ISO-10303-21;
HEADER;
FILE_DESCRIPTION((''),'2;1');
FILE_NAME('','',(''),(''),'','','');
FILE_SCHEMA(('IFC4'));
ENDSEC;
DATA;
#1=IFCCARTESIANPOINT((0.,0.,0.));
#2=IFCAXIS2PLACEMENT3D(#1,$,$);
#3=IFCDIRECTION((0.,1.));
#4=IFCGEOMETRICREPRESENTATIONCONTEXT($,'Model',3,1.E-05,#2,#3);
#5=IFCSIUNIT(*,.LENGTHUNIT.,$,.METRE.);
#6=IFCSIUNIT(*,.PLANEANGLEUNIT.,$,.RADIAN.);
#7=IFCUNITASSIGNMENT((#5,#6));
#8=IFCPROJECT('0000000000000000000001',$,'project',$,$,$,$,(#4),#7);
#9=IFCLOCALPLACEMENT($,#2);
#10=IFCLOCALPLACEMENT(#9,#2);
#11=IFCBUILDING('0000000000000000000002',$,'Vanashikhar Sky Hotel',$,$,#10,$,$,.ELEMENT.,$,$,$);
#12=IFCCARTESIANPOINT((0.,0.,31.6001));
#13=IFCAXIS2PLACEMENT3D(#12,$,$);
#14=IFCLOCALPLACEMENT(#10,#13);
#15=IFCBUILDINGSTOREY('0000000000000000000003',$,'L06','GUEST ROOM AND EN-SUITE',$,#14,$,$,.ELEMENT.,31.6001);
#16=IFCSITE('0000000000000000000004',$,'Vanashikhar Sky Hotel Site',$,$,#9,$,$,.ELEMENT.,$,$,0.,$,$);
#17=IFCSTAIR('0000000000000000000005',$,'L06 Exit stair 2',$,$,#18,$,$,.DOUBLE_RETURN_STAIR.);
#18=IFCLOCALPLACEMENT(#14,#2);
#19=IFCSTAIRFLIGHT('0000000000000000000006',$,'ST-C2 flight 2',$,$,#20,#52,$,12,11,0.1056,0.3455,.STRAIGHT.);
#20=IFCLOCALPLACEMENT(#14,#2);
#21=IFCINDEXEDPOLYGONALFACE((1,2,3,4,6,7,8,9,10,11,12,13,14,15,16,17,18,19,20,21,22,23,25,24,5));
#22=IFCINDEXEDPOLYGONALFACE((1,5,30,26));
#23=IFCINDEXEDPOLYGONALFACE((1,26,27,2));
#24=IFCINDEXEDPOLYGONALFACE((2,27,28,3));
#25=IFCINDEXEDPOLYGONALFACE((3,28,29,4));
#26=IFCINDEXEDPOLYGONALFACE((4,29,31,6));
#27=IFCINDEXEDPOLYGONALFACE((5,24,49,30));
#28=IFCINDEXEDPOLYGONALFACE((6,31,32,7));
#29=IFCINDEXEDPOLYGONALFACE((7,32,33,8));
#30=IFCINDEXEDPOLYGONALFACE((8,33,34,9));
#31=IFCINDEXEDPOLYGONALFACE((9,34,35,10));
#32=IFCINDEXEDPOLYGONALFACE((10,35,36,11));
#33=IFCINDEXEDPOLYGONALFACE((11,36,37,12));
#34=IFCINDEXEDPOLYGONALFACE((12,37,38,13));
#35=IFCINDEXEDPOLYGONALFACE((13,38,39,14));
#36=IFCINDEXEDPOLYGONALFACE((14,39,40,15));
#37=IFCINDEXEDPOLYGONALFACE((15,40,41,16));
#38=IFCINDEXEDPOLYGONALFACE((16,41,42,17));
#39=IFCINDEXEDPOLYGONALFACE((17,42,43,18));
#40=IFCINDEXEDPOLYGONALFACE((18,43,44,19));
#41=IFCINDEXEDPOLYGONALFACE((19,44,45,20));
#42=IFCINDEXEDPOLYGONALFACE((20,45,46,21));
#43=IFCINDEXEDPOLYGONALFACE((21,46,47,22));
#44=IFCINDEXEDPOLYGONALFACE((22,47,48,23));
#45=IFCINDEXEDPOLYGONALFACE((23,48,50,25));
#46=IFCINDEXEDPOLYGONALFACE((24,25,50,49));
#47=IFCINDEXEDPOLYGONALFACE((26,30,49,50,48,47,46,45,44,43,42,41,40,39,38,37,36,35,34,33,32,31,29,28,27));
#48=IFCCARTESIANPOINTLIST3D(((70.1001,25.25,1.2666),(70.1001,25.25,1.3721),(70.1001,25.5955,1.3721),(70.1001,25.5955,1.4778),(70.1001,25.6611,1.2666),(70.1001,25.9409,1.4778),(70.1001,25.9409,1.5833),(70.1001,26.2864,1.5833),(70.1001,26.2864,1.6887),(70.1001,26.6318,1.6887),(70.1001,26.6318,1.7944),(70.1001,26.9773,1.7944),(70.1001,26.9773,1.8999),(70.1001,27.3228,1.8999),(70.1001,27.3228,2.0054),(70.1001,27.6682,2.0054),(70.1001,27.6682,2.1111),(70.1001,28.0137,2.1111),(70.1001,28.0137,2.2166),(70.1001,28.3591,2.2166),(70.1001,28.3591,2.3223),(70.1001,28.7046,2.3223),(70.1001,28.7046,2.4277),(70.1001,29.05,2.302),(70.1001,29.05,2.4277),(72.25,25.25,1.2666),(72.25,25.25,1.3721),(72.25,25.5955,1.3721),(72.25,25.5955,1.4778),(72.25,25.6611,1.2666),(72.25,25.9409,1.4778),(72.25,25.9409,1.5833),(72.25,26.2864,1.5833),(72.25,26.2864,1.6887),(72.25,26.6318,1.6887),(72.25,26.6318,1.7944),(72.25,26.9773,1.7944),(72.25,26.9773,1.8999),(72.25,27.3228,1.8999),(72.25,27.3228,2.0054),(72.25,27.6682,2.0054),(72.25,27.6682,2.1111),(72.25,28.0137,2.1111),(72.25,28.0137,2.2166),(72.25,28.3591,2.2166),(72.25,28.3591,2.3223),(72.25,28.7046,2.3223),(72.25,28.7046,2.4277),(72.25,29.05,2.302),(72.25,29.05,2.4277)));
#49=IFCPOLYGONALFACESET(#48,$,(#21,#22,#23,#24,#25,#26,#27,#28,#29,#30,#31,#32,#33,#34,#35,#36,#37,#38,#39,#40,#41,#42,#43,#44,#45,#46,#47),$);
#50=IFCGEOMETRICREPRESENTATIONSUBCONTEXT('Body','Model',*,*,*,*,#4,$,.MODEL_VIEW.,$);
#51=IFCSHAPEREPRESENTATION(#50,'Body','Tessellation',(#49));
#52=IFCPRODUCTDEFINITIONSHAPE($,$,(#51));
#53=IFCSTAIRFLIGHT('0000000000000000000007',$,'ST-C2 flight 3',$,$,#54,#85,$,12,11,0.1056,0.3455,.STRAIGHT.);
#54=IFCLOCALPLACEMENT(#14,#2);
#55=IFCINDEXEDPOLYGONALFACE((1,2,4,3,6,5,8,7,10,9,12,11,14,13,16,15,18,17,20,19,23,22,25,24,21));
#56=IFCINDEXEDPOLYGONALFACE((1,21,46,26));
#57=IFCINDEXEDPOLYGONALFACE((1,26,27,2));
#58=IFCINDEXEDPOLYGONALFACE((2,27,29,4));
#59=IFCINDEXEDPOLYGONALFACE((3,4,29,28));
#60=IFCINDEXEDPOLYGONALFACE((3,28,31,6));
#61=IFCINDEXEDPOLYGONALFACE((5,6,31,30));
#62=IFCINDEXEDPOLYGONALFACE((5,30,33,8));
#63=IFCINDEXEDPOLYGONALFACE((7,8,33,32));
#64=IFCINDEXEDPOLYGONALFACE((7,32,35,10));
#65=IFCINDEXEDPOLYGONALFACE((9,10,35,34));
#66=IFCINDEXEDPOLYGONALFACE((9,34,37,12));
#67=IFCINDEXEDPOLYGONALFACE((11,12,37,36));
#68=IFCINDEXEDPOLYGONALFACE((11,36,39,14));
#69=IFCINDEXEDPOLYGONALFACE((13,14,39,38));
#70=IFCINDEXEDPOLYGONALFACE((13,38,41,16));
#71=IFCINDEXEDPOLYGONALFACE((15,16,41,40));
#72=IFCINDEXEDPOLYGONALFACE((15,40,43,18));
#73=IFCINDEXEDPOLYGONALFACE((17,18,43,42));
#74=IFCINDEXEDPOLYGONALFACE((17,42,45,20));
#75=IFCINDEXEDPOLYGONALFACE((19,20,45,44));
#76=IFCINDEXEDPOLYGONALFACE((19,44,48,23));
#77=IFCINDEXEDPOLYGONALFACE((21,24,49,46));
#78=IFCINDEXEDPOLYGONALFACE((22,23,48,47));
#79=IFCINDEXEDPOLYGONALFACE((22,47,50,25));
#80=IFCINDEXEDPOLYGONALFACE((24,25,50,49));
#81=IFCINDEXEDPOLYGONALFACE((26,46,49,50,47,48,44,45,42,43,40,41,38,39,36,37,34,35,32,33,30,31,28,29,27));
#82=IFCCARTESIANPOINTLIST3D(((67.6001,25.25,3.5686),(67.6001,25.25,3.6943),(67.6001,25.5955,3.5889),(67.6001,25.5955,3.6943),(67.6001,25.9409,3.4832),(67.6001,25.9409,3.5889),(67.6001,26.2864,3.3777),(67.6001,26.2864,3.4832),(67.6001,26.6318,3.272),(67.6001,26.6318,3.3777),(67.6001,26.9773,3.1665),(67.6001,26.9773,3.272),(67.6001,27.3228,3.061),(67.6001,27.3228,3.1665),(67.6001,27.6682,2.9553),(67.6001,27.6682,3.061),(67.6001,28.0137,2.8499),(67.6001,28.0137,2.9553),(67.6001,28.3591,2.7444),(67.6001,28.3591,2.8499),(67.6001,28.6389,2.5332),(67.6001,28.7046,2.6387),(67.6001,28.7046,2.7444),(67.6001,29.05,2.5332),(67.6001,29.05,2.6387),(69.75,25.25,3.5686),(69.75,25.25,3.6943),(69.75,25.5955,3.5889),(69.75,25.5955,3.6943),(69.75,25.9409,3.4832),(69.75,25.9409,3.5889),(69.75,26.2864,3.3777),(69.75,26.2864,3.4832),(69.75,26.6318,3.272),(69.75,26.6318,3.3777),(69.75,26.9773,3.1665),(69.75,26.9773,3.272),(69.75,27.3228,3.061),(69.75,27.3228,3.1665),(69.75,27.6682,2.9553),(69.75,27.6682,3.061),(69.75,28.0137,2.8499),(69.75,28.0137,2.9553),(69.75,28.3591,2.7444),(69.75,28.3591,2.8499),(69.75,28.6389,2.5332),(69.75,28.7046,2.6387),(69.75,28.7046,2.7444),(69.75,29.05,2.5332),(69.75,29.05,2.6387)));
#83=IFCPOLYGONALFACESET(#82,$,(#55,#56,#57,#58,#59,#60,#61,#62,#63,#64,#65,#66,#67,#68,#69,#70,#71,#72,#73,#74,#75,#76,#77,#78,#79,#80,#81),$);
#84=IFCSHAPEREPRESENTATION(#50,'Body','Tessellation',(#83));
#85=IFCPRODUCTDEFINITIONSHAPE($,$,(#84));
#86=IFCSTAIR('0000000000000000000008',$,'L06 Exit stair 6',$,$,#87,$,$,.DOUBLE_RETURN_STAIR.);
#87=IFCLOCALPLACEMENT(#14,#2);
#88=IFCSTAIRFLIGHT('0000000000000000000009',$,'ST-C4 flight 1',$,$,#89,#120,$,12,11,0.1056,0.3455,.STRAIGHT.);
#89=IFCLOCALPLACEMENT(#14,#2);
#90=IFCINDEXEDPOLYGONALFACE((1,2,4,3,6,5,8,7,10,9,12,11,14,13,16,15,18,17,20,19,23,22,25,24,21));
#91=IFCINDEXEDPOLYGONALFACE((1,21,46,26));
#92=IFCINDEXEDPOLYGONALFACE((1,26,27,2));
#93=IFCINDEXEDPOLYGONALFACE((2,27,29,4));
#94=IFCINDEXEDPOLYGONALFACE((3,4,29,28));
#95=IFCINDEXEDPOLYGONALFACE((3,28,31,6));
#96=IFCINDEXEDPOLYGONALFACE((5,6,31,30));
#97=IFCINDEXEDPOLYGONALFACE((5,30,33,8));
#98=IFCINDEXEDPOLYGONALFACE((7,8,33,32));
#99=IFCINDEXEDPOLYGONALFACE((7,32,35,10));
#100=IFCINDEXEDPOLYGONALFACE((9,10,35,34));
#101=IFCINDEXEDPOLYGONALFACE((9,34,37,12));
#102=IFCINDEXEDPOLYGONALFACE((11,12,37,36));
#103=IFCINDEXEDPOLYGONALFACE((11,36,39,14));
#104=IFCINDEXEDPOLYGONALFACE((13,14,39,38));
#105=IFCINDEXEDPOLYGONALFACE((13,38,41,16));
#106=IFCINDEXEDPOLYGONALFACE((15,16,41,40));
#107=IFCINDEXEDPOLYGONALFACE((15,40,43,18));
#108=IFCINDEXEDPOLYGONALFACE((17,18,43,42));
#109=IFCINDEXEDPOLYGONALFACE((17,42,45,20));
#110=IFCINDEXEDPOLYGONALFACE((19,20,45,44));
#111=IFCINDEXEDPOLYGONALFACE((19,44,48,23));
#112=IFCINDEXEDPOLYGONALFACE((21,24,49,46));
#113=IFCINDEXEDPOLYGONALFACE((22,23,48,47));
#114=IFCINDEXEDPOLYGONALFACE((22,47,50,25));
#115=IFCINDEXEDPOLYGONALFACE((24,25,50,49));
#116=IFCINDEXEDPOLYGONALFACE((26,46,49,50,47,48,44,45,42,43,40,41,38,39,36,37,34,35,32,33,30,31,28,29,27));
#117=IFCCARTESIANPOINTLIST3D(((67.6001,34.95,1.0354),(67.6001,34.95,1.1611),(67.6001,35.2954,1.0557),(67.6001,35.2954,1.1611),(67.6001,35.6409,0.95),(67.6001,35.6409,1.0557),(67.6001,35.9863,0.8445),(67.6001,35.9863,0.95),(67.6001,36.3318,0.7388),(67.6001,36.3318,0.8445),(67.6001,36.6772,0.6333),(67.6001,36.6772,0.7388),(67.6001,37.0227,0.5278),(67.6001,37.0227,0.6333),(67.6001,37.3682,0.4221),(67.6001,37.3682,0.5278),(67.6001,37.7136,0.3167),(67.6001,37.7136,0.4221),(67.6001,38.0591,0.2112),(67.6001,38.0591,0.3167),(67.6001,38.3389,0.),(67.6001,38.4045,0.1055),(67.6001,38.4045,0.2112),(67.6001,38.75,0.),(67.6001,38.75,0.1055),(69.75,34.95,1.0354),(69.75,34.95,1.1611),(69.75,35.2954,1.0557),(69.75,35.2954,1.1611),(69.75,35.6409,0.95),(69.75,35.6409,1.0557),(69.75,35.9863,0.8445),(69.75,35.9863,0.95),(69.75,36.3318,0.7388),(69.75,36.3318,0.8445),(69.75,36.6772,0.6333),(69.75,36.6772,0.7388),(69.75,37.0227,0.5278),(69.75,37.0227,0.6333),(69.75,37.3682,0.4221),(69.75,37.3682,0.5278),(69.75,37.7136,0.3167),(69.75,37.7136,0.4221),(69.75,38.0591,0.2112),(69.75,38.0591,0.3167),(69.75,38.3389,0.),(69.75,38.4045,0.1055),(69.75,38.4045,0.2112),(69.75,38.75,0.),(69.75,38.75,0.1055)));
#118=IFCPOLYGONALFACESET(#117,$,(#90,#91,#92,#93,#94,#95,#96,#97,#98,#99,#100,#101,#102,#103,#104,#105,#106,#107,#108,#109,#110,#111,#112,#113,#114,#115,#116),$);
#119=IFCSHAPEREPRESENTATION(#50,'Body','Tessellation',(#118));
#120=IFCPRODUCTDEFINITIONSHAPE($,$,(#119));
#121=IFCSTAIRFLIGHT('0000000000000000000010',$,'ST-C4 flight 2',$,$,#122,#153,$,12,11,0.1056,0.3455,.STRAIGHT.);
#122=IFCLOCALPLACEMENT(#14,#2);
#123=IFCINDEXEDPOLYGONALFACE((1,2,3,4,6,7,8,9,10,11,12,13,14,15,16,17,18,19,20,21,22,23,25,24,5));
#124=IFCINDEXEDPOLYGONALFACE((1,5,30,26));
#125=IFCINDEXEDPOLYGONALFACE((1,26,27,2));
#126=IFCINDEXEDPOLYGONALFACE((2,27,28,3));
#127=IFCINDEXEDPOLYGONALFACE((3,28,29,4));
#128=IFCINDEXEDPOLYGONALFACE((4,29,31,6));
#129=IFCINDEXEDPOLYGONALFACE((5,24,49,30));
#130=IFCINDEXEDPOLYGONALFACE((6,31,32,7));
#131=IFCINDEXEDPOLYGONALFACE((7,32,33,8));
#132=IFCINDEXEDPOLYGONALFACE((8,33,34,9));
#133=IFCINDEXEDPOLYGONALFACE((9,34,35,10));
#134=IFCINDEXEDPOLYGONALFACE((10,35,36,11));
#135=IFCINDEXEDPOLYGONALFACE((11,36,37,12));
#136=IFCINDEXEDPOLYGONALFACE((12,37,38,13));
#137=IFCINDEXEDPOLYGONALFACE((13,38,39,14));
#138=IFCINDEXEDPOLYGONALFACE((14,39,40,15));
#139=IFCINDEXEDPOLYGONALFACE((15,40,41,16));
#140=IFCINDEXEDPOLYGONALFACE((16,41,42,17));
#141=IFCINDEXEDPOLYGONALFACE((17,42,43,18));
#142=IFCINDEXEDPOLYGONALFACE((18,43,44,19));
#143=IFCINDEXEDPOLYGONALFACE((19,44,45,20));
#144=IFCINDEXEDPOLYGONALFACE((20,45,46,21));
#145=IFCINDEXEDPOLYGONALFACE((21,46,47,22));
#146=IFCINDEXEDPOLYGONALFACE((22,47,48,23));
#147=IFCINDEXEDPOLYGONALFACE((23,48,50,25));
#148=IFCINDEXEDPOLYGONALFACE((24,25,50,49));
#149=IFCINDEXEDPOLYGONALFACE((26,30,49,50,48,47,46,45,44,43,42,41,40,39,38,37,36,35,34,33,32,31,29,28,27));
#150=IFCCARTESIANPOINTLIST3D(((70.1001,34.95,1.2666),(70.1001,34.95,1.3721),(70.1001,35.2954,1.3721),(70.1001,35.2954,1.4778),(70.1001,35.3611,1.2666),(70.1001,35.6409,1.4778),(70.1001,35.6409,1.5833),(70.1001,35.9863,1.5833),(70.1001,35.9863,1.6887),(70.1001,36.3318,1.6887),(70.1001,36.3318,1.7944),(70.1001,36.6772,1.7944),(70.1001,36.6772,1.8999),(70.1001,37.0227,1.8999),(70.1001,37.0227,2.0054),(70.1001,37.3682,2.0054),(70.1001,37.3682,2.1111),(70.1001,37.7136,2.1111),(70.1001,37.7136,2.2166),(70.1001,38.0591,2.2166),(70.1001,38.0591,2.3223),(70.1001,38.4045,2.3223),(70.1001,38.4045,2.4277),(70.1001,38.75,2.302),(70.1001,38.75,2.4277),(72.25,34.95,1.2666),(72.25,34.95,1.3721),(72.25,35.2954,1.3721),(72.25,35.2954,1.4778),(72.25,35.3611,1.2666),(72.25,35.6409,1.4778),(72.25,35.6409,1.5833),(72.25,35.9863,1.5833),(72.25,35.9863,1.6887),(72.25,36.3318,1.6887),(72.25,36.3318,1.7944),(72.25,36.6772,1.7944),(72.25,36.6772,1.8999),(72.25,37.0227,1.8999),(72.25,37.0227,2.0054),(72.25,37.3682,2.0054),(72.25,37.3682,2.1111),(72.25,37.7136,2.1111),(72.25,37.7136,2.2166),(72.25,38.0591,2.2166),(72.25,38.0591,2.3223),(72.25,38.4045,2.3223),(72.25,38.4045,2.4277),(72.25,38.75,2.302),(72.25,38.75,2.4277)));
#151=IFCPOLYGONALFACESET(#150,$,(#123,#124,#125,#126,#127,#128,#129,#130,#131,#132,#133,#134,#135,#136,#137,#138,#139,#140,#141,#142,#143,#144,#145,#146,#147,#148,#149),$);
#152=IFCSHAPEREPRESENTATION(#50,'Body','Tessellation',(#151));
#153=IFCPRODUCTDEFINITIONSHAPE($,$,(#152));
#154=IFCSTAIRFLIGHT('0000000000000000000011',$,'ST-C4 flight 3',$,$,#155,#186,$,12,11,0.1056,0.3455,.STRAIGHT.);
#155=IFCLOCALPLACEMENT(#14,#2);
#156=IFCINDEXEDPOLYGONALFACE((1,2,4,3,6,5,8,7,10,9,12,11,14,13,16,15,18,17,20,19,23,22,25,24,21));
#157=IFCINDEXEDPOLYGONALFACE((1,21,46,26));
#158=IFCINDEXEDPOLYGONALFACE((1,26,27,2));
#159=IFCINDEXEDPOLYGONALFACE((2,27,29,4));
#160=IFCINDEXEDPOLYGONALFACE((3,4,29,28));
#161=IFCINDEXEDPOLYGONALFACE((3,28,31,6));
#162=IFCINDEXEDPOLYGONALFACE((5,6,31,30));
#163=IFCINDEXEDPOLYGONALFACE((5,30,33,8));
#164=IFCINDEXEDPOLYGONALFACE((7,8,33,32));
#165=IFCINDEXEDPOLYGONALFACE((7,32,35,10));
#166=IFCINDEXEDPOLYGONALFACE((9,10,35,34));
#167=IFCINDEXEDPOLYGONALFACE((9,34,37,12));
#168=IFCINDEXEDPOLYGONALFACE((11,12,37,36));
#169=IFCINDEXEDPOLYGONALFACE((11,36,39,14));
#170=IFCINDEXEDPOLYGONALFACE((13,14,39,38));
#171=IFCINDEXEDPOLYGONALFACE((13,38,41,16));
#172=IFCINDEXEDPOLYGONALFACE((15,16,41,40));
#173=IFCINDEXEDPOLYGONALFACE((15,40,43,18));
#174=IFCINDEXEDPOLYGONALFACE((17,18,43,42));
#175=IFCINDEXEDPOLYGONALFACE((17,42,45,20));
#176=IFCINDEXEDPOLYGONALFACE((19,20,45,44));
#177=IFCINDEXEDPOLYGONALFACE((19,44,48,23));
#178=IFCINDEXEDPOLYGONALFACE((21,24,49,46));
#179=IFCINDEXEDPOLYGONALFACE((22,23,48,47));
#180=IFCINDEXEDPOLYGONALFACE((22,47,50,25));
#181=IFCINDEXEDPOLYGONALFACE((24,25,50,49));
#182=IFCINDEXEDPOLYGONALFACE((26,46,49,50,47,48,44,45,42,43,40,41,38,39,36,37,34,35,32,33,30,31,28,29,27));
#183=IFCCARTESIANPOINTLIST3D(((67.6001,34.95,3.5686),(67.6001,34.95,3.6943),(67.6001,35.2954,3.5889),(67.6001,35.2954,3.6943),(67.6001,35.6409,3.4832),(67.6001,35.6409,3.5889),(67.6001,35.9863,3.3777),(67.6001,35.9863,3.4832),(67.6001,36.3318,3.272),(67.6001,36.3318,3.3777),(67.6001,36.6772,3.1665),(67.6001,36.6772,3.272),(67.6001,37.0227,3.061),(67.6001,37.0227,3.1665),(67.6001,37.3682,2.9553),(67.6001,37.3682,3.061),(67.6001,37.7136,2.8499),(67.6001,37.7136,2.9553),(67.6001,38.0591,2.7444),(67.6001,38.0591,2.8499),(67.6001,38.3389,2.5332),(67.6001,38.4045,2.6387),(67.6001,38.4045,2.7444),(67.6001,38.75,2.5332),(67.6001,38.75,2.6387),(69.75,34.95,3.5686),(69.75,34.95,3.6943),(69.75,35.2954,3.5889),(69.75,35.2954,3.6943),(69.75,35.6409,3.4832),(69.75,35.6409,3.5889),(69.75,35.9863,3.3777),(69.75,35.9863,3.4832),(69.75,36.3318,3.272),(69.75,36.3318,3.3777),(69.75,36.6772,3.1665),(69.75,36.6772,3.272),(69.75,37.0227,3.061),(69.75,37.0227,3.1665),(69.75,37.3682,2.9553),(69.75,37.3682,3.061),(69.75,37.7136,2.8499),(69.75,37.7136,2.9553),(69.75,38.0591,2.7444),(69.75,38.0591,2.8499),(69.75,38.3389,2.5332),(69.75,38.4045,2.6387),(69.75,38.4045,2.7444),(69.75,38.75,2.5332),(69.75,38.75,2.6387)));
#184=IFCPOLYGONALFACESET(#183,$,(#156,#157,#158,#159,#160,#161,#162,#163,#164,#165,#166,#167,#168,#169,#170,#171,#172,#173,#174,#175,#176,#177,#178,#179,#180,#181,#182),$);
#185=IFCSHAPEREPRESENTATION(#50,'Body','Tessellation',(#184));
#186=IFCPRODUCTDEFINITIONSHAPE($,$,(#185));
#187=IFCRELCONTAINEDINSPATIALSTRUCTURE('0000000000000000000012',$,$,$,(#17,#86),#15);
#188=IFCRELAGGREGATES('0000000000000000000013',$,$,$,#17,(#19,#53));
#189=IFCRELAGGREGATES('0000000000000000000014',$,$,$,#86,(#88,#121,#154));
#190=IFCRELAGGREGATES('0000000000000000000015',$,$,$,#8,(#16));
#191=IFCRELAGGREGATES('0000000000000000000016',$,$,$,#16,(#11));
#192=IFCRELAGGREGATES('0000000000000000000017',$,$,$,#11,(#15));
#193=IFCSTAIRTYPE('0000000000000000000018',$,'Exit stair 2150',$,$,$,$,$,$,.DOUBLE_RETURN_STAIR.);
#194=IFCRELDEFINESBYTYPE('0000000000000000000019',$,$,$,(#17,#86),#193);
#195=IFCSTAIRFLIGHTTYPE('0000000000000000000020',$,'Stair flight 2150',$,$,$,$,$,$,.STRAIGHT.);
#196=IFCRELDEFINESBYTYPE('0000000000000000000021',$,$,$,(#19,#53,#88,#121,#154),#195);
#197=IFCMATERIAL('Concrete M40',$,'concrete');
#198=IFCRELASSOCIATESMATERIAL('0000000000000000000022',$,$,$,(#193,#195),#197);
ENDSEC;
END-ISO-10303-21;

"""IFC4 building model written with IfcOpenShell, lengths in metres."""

from ifc_helpers import new_model, si_unit, direction, frame, origin, place, context, subcontext, project, spatial, polyline, outline, extrude, source, transform, mapped, material, type_object, element, aggregate, save


model = new_model("IFC4")

# Units and contexts
model_context = context("Model", 3, precision=1e-05, world=origin(), true_north=direction((0.0, 1.0)))
body_context = subcontext(model_context, "Body", "Model", "MODEL_VIEW")
ifc_project = project(units=[si_unit("LENGTHUNIT", "METRE"), si_unit("PLANEANGLEUNIT", "RADIAN")], contexts=[model_context])

# Site, building, storey
site_placement = place(None, origin())
site = spatial("IfcSite", under=ifc_project, at=site_placement, Name="Vanashikhar Sky Hotel Site", CompositionType="ELEMENT", RefElevation=0.0)
building_placement = place(site_placement, origin())
building = spatial("IfcBuilding", under=site, at=building_placement, Name="Vanashikhar Sky Hotel", CompositionType="ELEMENT")
storey_placement = place(building_placement, frame((0.0, 0.0, 31.6001)))
storey = spatial("IfcBuildingStorey", under=building, at=storey_placement, Name="L06", Description="GUEST ROOM AND EN-SUITE", CompositionType="ELEMENT", Elevation=31.6001)

# Shared definitions
ifc_material_1 = material(Name="Concrete M40", Category="concrete")

# Stairs, stair flights
stair_type = type_object("IfcStairType", Name="Exit stair 2150", PredefinedType="DOUBLE_RETURN_STAIR", material=ifc_material_1)
stair_1_placement = place(storey_placement, origin())
stair_1 = element("IfcStair", 1, at=stair_1_placement, inside=storey, type_object=stair_type, Name="L06 Exit stair 2", PredefinedType="DOUBLE_RETURN_STAIR")
stair_flight_type = type_object("IfcStairFlightType", Name="Stair flight 2150", PredefinedType="STRAIGHT", material=ifc_material_1)
shared_shape_1 = source(origin(), body_context, "Body", "SweptSolid", [
    extrude(outline(polyline([(0.0, 0.0), (0.0, 0.1055), (0.3455, 0.1055), (0.3455, 0.2112), (0.6909, 0.2112), (0.6909, 0.3167), (1.0364, 0.3167), (1.0364, 0.4221), (1.3818, 0.4221), (1.3818, 0.5278), (1.7273, 0.5278), (1.7273, 0.6333), (2.0728, 0.6333), (2.0728, 0.7388), (2.4182, 0.7388), (2.4182, 0.8445), (2.7637, 0.8445), (2.7637, 0.95), (3.1091, 0.95), (3.1091, 1.0557), (3.4546, 1.0557), (3.4546, 1.1611), (3.8, 1.1611), (3.8, 1.2666), (3.8, 1.0354), (0.4111, 0.0), (0.0, 0.0)])), frame((0.0, 1.075, 0.0), z_axis=(0.0, -1.0, 0.0), x_axis=(1.0, 0.0, 0.0)), (0.0, 0.0, 1.0), 2.1499),
])
stair_flight_1_placement = place(storey_placement, frame((71.175, 25.25, 1.2666), z_axis=(0.0, 0.0, 1.0), x_axis=(0.0, 1.0, 0.0)))
stair_flight_1 = element("IfcStairFlight", 2, at=stair_flight_1_placement, type_object=stair_flight_type, Name="ST-C2 flight 2", NumberOfRisers=12, NumberOfTreads=11, PredefinedType="STRAIGHT", RiserHeight=0.1056, TreadLength=0.3455, context=body_context, shape_type="MappedRepresentation", body=[
    mapped(shared_shape_1, transform((0.0, 0.0, 0.0), scale=1.0)),
])
stair_flight_2_placement = place(storey_placement, frame((68.675, 29.05, 2.5332), z_axis=(0.0, 0.0, 1.0), x_axis=(0.0, -1.0, 0.0)))
stair_flight_2 = element("IfcStairFlight", 3, at=stair_flight_2_placement, type_object=stair_flight_type, Name="ST-C2 flight 3", NumberOfRisers=12, NumberOfTreads=11, PredefinedType="STRAIGHT", RiserHeight=0.1056, TreadLength=0.3455, context=body_context, shape_type="MappedRepresentation", body=[
    mapped(shared_shape_1, transform((0.0, 0.0, 0.0), scale=1.0)),
])
aggregate(stair_1, [stair_flight_1, stair_flight_2])
stair_2_placement = place(storey_placement, origin())
stair_2 = element("IfcStair", 4, at=stair_2_placement, inside=storey, type_object=stair_type, Name="L06 Exit stair 6", PredefinedType="DOUBLE_RETURN_STAIR")
stair_flight_3_placement = place(storey_placement, frame((68.675, 38.75, 0.0), z_axis=(0.0, 0.0, 1.0), x_axis=(0.0, -1.0, 0.0)))
stair_flight_3 = element("IfcStairFlight", 5, at=stair_flight_3_placement, type_object=stair_flight_type, Name="ST-C4 flight 1", NumberOfRisers=12, NumberOfTreads=11, PredefinedType="STRAIGHT", RiserHeight=0.1056, TreadLength=0.3455, context=body_context, shape_type="MappedRepresentation", body=[
    mapped(shared_shape_1, transform((0.0, 0.0, 0.0), scale=1.0)),
])
stair_flight_4_placement = place(storey_placement, frame((71.175, 34.95, 1.2666), z_axis=(0.0, 0.0, 1.0), x_axis=(0.0, 1.0, 0.0)))
stair_flight_4 = element("IfcStairFlight", 6, at=stair_flight_4_placement, type_object=stair_flight_type, Name="ST-C4 flight 2", NumberOfRisers=12, NumberOfTreads=11, PredefinedType="STRAIGHT", RiserHeight=0.1056, TreadLength=0.3455, context=body_context, shape_type="MappedRepresentation", body=[
    mapped(shared_shape_1, transform((0.0, 0.0, 0.0), scale=1.0)),
])
stair_flight_5_placement = place(storey_placement, frame((68.675, 38.75, 2.5332), z_axis=(0.0, 0.0, 1.0), x_axis=(0.0, -1.0, 0.0)))
stair_flight_5 = element("IfcStairFlight", 7, at=stair_flight_5_placement, type_object=stair_flight_type, Name="ST-C4 flight 3", NumberOfRisers=12, NumberOfTreads=11, PredefinedType="STRAIGHT", RiserHeight=0.1056, TreadLength=0.3455, context=body_context, shape_type="MappedRepresentation", body=[
    mapped(shared_shape_1, transform((0.0, 0.0, 0.0), scale=1.0)),
])
aggregate(stair_2, [stair_flight_3, stair_flight_4, stair_flight_5])

save(model, "model.ifc")
